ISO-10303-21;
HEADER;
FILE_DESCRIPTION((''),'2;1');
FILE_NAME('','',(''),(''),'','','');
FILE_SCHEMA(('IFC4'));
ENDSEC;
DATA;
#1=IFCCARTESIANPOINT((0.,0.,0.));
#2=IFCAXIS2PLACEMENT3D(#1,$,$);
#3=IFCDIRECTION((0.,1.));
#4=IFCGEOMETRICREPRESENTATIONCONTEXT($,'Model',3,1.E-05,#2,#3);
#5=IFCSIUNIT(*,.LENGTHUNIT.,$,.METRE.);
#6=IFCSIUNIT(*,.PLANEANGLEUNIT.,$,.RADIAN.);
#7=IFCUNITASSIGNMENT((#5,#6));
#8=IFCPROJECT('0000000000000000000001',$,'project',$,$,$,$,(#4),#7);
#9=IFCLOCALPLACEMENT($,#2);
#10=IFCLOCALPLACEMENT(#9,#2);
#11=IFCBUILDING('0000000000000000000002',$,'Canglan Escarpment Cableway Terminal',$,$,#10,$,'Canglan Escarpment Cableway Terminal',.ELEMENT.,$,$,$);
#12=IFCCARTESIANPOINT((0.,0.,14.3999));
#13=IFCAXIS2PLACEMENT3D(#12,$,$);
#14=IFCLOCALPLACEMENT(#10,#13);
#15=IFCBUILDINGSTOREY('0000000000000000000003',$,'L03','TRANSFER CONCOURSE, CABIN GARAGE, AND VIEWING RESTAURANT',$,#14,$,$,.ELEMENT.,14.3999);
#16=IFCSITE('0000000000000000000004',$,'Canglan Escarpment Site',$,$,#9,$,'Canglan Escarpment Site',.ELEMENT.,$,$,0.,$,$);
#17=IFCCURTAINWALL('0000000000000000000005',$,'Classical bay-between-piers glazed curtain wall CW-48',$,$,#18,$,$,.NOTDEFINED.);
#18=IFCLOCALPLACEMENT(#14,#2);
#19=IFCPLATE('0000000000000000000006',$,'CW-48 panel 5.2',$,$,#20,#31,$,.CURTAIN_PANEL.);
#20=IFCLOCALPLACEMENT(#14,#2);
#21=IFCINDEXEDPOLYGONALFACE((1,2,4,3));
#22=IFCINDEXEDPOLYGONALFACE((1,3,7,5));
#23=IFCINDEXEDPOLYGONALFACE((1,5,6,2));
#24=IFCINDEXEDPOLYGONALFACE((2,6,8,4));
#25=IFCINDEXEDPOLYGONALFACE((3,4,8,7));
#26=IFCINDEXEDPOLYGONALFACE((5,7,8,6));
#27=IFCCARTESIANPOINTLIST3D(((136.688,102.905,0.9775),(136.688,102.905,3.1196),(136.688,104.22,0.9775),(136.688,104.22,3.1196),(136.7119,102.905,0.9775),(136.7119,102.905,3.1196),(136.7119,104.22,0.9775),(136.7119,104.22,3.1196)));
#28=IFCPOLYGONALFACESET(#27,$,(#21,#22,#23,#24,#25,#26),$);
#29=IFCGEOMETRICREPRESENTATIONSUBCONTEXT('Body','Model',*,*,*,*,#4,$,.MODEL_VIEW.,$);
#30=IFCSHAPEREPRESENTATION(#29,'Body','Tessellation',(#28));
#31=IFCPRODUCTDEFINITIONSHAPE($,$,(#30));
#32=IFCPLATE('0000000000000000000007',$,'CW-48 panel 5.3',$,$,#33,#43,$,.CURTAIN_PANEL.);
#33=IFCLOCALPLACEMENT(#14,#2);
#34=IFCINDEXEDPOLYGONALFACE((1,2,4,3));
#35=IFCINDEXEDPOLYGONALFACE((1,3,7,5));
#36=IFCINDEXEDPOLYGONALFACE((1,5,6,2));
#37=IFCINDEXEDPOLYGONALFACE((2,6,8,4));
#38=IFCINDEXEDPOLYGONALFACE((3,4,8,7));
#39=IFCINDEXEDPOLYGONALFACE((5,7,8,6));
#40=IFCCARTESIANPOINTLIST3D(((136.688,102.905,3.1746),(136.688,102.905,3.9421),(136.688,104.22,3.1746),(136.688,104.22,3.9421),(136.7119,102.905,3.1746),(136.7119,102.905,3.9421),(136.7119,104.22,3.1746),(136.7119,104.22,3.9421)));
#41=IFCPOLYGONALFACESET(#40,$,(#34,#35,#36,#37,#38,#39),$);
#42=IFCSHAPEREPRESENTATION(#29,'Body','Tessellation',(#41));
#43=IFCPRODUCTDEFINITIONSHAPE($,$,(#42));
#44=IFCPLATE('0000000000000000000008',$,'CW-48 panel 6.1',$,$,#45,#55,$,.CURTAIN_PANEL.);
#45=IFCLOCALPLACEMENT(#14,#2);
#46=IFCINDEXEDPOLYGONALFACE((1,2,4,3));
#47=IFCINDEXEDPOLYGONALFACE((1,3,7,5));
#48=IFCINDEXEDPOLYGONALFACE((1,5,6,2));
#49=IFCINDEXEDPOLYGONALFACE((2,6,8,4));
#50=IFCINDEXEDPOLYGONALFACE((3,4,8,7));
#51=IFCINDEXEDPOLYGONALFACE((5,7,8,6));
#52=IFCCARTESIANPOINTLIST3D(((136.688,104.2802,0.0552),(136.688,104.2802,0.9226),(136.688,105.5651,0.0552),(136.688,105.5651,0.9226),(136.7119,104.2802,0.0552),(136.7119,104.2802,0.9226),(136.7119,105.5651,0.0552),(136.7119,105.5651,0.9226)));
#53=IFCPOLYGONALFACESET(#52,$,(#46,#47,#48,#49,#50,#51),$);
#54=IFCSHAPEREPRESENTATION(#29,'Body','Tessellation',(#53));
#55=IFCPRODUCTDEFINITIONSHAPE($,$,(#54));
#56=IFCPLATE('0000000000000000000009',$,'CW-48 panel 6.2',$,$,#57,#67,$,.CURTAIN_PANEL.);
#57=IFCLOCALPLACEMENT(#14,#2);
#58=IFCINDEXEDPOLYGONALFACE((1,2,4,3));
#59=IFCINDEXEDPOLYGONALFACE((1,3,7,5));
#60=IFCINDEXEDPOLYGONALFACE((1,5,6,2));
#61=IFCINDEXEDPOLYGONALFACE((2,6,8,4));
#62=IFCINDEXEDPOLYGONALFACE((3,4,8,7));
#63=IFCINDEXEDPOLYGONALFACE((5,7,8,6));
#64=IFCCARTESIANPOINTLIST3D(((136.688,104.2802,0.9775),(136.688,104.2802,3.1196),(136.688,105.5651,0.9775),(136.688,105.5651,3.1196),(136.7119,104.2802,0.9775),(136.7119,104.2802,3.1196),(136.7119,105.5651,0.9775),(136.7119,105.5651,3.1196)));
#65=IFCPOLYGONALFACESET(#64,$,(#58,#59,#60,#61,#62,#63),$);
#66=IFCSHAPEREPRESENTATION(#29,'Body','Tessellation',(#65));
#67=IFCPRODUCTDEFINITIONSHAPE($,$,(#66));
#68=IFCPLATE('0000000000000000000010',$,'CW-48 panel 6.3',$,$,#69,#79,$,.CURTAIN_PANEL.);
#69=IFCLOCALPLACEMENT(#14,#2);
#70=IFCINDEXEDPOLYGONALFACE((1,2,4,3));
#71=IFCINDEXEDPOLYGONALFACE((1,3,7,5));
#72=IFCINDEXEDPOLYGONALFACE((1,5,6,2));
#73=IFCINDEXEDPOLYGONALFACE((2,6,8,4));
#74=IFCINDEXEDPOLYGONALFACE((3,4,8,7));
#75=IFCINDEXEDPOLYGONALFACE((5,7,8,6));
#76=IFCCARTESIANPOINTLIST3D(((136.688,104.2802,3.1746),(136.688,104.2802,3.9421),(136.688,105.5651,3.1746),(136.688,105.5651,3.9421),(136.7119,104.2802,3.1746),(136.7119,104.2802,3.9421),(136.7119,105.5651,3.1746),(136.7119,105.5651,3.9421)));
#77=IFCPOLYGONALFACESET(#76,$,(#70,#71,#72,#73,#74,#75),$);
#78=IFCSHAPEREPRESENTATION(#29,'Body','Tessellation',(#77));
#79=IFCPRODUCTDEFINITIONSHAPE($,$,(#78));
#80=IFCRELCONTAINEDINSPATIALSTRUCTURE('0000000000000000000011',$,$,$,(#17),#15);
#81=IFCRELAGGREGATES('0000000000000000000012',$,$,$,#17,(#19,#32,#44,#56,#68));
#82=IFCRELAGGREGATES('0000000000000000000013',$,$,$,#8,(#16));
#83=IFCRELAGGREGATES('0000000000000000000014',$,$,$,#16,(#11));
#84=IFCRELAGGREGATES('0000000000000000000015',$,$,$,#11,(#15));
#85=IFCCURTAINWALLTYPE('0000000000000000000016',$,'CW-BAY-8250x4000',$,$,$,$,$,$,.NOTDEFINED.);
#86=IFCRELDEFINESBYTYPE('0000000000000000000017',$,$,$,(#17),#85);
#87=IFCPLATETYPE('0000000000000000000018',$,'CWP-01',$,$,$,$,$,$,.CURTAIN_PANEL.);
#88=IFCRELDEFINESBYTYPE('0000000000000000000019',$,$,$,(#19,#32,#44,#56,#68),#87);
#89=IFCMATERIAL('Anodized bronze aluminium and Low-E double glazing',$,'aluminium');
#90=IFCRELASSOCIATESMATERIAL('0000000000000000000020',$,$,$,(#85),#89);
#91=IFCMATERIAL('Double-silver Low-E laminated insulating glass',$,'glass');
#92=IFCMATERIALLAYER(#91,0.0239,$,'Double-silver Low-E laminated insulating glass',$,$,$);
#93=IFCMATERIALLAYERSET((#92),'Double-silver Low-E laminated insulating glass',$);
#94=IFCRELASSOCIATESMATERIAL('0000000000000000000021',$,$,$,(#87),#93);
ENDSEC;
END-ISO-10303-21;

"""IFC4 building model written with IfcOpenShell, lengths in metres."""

from ifc_helpers import new_model, si_unit, direction, frame, origin, origin_2d, place, context, subcontext, project, spatial, rectangle, extrude, material, layer, layer_set, type_object, element, aggregate, save


model = new_model("IFC4")

# Units and contexts
model_context = context("Model", 3, precision=1e-05, world=origin(), true_north=direction((0.0, 1.0)))
body_context = subcontext(model_context, "Body", "Model", "MODEL_VIEW")
ifc_project = project(units=[si_unit("LENGTHUNIT", "METRE"), si_unit("PLANEANGLEUNIT", "RADIAN")], contexts=[model_context])

# Site, building, storey
site_placement = place(None, origin())
site = spatial("IfcSite", under=ifc_project, at=site_placement, Name="Canglan Escarpment Site", LongName="Canglan Escarpment Site", CompositionType="ELEMENT", RefElevation=0.0)
building_placement = place(site_placement, origin())
building = spatial("IfcBuilding", under=site, at=building_placement, Name="Canglan Escarpment Cableway Terminal", LongName="Canglan Escarpment Cableway Terminal", CompositionType="ELEMENT")
storey_placement = place(building_placement, frame((0.0, 0.0, 14.3999)))
storey = spatial("IfcBuildingStorey", under=building, at=storey_placement, Name="L03", Description="TRANSFER CONCOURSE, CABIN GARAGE, AND VIEWING RESTAURANT", CompositionType="ELEMENT", Elevation=14.3999)

# Curtain wall, plates
ifc_material_1 = material(Name="Anodized bronze aluminium and Low-E double glazing", Category="aluminium")
curtain_wall_type = type_object("IfcCurtainWallType", Name="CW-BAY-8250x4000", PredefinedType="NOTDEFINED", material=ifc_material_1)
curtain_wall_placement = place(storey_placement, origin())
curtain_wall = element("IfcCurtainWall", 1, at=curtain_wall_placement, inside=storey, type_object=curtain_wall_type, Name="Classical bay-between-piers glazed curtain wall CW-48", PredefinedType="NOTDEFINED")
ifc_material_2 = material(Name="Double-silver Low-E laminated insulating glass", Category="glass")
ifc_layer = layer(ifc_material_2, 0.0239, Name="Double-silver Low-E laminated insulating glass")
ifc_layer_set = layer_set([ifc_layer], Name="Double-silver Low-E laminated insulating glass")
plate_type = type_object("IfcPlateType", Name="CWP-01", PredefinedType="CURTAIN_PANEL", material=ifc_layer_set)
plate_1_placement = place(storey_placement, frame((136.7, 103.5625, 0.9775), z_axis=(0.0, 0.0, 1.0), x_axis=(0.0, 1.0, 0.0)))
plate_1 = element("IfcPlate", 2, at=plate_1_placement, type_object=plate_type, Name="CW-48 panel 5.2", PredefinedType="CURTAIN_PANEL", context=body_context, shape_type="SweptSolid", body=[
    extrude(rectangle(XDim=1.3149, YDim=0.0239, at=origin_2d()), origin(), (0.0, 0.0, 1.0), 2.1421),
])
plate_2_placement = place(storey_placement, frame((136.7, 103.5625, 3.1746), z_axis=(0.0, 0.0, 1.0), x_axis=(0.0, 1.0, 0.0)))
plate_2 = element("IfcPlate", 3, at=plate_2_placement, type_object=plate_type, Name="CW-48 panel 5.3", PredefinedType="CURTAIN_PANEL", context=body_context, shape_type="SweptSolid", body=[
    extrude(rectangle(XDim=1.3149, YDim=0.0239, at=origin_2d()), origin(), (0.0, 0.0, 1.0), 0.7676),
])
plate_3_placement = place(storey_placement, frame((136.7, 104.9226, 0.0552), z_axis=(0.0, 0.0, 1.0), x_axis=(0.0, 1.0, 0.0)))
plate_3 = element("IfcPlate", 4, at=plate_3_placement, type_object=plate_type, Name="CW-48 panel 6.1", PredefinedType="CURTAIN_PANEL", context=body_context, shape_type="SweptSolid", body=[
    extrude(rectangle(XDim=1.2849, YDim=0.0239, at=origin_2d()), origin(), (0.0, 0.0, 1.0), 0.8674),
])
plate_4_placement = place(storey_placement, frame((136.7, 104.9226, 0.9775), z_axis=(0.0, 0.0, 1.0), x_axis=(0.0, 1.0, 0.0)))
plate_4 = element("IfcPlate", 5, at=plate_4_placement, type_object=plate_type, Name="CW-48 panel 6.2", PredefinedType="CURTAIN_PANEL", context=body_context, shape_type="SweptSolid", body=[
    extrude(rectangle(XDim=1.2849, YDim=0.0239, at=origin_2d()), origin(), (0.0, 0.0, 1.0), 2.1421),
])
plate_5_placement = place(storey_placement, frame((136.7, 104.9226, 3.1746), z_axis=(0.0, 0.0, 1.0), x_axis=(0.0, 1.0, 0.0)))
plate_5 = element("IfcPlate", 6, at=plate_5_placement, type_object=plate_type, Name="CW-48 panel 6.3", PredefinedType="CURTAIN_PANEL", context=body_context, shape_type="SweptSolid", body=[
    extrude(rectangle(XDim=1.2849, YDim=0.0239, at=origin_2d()), origin(), (0.0, 0.0, 1.0), 0.7676),
])
aggregate(curtain_wall, [plate_1, plate_2, plate_3, plate_4, plate_5])

save(model, "model.ifc")
